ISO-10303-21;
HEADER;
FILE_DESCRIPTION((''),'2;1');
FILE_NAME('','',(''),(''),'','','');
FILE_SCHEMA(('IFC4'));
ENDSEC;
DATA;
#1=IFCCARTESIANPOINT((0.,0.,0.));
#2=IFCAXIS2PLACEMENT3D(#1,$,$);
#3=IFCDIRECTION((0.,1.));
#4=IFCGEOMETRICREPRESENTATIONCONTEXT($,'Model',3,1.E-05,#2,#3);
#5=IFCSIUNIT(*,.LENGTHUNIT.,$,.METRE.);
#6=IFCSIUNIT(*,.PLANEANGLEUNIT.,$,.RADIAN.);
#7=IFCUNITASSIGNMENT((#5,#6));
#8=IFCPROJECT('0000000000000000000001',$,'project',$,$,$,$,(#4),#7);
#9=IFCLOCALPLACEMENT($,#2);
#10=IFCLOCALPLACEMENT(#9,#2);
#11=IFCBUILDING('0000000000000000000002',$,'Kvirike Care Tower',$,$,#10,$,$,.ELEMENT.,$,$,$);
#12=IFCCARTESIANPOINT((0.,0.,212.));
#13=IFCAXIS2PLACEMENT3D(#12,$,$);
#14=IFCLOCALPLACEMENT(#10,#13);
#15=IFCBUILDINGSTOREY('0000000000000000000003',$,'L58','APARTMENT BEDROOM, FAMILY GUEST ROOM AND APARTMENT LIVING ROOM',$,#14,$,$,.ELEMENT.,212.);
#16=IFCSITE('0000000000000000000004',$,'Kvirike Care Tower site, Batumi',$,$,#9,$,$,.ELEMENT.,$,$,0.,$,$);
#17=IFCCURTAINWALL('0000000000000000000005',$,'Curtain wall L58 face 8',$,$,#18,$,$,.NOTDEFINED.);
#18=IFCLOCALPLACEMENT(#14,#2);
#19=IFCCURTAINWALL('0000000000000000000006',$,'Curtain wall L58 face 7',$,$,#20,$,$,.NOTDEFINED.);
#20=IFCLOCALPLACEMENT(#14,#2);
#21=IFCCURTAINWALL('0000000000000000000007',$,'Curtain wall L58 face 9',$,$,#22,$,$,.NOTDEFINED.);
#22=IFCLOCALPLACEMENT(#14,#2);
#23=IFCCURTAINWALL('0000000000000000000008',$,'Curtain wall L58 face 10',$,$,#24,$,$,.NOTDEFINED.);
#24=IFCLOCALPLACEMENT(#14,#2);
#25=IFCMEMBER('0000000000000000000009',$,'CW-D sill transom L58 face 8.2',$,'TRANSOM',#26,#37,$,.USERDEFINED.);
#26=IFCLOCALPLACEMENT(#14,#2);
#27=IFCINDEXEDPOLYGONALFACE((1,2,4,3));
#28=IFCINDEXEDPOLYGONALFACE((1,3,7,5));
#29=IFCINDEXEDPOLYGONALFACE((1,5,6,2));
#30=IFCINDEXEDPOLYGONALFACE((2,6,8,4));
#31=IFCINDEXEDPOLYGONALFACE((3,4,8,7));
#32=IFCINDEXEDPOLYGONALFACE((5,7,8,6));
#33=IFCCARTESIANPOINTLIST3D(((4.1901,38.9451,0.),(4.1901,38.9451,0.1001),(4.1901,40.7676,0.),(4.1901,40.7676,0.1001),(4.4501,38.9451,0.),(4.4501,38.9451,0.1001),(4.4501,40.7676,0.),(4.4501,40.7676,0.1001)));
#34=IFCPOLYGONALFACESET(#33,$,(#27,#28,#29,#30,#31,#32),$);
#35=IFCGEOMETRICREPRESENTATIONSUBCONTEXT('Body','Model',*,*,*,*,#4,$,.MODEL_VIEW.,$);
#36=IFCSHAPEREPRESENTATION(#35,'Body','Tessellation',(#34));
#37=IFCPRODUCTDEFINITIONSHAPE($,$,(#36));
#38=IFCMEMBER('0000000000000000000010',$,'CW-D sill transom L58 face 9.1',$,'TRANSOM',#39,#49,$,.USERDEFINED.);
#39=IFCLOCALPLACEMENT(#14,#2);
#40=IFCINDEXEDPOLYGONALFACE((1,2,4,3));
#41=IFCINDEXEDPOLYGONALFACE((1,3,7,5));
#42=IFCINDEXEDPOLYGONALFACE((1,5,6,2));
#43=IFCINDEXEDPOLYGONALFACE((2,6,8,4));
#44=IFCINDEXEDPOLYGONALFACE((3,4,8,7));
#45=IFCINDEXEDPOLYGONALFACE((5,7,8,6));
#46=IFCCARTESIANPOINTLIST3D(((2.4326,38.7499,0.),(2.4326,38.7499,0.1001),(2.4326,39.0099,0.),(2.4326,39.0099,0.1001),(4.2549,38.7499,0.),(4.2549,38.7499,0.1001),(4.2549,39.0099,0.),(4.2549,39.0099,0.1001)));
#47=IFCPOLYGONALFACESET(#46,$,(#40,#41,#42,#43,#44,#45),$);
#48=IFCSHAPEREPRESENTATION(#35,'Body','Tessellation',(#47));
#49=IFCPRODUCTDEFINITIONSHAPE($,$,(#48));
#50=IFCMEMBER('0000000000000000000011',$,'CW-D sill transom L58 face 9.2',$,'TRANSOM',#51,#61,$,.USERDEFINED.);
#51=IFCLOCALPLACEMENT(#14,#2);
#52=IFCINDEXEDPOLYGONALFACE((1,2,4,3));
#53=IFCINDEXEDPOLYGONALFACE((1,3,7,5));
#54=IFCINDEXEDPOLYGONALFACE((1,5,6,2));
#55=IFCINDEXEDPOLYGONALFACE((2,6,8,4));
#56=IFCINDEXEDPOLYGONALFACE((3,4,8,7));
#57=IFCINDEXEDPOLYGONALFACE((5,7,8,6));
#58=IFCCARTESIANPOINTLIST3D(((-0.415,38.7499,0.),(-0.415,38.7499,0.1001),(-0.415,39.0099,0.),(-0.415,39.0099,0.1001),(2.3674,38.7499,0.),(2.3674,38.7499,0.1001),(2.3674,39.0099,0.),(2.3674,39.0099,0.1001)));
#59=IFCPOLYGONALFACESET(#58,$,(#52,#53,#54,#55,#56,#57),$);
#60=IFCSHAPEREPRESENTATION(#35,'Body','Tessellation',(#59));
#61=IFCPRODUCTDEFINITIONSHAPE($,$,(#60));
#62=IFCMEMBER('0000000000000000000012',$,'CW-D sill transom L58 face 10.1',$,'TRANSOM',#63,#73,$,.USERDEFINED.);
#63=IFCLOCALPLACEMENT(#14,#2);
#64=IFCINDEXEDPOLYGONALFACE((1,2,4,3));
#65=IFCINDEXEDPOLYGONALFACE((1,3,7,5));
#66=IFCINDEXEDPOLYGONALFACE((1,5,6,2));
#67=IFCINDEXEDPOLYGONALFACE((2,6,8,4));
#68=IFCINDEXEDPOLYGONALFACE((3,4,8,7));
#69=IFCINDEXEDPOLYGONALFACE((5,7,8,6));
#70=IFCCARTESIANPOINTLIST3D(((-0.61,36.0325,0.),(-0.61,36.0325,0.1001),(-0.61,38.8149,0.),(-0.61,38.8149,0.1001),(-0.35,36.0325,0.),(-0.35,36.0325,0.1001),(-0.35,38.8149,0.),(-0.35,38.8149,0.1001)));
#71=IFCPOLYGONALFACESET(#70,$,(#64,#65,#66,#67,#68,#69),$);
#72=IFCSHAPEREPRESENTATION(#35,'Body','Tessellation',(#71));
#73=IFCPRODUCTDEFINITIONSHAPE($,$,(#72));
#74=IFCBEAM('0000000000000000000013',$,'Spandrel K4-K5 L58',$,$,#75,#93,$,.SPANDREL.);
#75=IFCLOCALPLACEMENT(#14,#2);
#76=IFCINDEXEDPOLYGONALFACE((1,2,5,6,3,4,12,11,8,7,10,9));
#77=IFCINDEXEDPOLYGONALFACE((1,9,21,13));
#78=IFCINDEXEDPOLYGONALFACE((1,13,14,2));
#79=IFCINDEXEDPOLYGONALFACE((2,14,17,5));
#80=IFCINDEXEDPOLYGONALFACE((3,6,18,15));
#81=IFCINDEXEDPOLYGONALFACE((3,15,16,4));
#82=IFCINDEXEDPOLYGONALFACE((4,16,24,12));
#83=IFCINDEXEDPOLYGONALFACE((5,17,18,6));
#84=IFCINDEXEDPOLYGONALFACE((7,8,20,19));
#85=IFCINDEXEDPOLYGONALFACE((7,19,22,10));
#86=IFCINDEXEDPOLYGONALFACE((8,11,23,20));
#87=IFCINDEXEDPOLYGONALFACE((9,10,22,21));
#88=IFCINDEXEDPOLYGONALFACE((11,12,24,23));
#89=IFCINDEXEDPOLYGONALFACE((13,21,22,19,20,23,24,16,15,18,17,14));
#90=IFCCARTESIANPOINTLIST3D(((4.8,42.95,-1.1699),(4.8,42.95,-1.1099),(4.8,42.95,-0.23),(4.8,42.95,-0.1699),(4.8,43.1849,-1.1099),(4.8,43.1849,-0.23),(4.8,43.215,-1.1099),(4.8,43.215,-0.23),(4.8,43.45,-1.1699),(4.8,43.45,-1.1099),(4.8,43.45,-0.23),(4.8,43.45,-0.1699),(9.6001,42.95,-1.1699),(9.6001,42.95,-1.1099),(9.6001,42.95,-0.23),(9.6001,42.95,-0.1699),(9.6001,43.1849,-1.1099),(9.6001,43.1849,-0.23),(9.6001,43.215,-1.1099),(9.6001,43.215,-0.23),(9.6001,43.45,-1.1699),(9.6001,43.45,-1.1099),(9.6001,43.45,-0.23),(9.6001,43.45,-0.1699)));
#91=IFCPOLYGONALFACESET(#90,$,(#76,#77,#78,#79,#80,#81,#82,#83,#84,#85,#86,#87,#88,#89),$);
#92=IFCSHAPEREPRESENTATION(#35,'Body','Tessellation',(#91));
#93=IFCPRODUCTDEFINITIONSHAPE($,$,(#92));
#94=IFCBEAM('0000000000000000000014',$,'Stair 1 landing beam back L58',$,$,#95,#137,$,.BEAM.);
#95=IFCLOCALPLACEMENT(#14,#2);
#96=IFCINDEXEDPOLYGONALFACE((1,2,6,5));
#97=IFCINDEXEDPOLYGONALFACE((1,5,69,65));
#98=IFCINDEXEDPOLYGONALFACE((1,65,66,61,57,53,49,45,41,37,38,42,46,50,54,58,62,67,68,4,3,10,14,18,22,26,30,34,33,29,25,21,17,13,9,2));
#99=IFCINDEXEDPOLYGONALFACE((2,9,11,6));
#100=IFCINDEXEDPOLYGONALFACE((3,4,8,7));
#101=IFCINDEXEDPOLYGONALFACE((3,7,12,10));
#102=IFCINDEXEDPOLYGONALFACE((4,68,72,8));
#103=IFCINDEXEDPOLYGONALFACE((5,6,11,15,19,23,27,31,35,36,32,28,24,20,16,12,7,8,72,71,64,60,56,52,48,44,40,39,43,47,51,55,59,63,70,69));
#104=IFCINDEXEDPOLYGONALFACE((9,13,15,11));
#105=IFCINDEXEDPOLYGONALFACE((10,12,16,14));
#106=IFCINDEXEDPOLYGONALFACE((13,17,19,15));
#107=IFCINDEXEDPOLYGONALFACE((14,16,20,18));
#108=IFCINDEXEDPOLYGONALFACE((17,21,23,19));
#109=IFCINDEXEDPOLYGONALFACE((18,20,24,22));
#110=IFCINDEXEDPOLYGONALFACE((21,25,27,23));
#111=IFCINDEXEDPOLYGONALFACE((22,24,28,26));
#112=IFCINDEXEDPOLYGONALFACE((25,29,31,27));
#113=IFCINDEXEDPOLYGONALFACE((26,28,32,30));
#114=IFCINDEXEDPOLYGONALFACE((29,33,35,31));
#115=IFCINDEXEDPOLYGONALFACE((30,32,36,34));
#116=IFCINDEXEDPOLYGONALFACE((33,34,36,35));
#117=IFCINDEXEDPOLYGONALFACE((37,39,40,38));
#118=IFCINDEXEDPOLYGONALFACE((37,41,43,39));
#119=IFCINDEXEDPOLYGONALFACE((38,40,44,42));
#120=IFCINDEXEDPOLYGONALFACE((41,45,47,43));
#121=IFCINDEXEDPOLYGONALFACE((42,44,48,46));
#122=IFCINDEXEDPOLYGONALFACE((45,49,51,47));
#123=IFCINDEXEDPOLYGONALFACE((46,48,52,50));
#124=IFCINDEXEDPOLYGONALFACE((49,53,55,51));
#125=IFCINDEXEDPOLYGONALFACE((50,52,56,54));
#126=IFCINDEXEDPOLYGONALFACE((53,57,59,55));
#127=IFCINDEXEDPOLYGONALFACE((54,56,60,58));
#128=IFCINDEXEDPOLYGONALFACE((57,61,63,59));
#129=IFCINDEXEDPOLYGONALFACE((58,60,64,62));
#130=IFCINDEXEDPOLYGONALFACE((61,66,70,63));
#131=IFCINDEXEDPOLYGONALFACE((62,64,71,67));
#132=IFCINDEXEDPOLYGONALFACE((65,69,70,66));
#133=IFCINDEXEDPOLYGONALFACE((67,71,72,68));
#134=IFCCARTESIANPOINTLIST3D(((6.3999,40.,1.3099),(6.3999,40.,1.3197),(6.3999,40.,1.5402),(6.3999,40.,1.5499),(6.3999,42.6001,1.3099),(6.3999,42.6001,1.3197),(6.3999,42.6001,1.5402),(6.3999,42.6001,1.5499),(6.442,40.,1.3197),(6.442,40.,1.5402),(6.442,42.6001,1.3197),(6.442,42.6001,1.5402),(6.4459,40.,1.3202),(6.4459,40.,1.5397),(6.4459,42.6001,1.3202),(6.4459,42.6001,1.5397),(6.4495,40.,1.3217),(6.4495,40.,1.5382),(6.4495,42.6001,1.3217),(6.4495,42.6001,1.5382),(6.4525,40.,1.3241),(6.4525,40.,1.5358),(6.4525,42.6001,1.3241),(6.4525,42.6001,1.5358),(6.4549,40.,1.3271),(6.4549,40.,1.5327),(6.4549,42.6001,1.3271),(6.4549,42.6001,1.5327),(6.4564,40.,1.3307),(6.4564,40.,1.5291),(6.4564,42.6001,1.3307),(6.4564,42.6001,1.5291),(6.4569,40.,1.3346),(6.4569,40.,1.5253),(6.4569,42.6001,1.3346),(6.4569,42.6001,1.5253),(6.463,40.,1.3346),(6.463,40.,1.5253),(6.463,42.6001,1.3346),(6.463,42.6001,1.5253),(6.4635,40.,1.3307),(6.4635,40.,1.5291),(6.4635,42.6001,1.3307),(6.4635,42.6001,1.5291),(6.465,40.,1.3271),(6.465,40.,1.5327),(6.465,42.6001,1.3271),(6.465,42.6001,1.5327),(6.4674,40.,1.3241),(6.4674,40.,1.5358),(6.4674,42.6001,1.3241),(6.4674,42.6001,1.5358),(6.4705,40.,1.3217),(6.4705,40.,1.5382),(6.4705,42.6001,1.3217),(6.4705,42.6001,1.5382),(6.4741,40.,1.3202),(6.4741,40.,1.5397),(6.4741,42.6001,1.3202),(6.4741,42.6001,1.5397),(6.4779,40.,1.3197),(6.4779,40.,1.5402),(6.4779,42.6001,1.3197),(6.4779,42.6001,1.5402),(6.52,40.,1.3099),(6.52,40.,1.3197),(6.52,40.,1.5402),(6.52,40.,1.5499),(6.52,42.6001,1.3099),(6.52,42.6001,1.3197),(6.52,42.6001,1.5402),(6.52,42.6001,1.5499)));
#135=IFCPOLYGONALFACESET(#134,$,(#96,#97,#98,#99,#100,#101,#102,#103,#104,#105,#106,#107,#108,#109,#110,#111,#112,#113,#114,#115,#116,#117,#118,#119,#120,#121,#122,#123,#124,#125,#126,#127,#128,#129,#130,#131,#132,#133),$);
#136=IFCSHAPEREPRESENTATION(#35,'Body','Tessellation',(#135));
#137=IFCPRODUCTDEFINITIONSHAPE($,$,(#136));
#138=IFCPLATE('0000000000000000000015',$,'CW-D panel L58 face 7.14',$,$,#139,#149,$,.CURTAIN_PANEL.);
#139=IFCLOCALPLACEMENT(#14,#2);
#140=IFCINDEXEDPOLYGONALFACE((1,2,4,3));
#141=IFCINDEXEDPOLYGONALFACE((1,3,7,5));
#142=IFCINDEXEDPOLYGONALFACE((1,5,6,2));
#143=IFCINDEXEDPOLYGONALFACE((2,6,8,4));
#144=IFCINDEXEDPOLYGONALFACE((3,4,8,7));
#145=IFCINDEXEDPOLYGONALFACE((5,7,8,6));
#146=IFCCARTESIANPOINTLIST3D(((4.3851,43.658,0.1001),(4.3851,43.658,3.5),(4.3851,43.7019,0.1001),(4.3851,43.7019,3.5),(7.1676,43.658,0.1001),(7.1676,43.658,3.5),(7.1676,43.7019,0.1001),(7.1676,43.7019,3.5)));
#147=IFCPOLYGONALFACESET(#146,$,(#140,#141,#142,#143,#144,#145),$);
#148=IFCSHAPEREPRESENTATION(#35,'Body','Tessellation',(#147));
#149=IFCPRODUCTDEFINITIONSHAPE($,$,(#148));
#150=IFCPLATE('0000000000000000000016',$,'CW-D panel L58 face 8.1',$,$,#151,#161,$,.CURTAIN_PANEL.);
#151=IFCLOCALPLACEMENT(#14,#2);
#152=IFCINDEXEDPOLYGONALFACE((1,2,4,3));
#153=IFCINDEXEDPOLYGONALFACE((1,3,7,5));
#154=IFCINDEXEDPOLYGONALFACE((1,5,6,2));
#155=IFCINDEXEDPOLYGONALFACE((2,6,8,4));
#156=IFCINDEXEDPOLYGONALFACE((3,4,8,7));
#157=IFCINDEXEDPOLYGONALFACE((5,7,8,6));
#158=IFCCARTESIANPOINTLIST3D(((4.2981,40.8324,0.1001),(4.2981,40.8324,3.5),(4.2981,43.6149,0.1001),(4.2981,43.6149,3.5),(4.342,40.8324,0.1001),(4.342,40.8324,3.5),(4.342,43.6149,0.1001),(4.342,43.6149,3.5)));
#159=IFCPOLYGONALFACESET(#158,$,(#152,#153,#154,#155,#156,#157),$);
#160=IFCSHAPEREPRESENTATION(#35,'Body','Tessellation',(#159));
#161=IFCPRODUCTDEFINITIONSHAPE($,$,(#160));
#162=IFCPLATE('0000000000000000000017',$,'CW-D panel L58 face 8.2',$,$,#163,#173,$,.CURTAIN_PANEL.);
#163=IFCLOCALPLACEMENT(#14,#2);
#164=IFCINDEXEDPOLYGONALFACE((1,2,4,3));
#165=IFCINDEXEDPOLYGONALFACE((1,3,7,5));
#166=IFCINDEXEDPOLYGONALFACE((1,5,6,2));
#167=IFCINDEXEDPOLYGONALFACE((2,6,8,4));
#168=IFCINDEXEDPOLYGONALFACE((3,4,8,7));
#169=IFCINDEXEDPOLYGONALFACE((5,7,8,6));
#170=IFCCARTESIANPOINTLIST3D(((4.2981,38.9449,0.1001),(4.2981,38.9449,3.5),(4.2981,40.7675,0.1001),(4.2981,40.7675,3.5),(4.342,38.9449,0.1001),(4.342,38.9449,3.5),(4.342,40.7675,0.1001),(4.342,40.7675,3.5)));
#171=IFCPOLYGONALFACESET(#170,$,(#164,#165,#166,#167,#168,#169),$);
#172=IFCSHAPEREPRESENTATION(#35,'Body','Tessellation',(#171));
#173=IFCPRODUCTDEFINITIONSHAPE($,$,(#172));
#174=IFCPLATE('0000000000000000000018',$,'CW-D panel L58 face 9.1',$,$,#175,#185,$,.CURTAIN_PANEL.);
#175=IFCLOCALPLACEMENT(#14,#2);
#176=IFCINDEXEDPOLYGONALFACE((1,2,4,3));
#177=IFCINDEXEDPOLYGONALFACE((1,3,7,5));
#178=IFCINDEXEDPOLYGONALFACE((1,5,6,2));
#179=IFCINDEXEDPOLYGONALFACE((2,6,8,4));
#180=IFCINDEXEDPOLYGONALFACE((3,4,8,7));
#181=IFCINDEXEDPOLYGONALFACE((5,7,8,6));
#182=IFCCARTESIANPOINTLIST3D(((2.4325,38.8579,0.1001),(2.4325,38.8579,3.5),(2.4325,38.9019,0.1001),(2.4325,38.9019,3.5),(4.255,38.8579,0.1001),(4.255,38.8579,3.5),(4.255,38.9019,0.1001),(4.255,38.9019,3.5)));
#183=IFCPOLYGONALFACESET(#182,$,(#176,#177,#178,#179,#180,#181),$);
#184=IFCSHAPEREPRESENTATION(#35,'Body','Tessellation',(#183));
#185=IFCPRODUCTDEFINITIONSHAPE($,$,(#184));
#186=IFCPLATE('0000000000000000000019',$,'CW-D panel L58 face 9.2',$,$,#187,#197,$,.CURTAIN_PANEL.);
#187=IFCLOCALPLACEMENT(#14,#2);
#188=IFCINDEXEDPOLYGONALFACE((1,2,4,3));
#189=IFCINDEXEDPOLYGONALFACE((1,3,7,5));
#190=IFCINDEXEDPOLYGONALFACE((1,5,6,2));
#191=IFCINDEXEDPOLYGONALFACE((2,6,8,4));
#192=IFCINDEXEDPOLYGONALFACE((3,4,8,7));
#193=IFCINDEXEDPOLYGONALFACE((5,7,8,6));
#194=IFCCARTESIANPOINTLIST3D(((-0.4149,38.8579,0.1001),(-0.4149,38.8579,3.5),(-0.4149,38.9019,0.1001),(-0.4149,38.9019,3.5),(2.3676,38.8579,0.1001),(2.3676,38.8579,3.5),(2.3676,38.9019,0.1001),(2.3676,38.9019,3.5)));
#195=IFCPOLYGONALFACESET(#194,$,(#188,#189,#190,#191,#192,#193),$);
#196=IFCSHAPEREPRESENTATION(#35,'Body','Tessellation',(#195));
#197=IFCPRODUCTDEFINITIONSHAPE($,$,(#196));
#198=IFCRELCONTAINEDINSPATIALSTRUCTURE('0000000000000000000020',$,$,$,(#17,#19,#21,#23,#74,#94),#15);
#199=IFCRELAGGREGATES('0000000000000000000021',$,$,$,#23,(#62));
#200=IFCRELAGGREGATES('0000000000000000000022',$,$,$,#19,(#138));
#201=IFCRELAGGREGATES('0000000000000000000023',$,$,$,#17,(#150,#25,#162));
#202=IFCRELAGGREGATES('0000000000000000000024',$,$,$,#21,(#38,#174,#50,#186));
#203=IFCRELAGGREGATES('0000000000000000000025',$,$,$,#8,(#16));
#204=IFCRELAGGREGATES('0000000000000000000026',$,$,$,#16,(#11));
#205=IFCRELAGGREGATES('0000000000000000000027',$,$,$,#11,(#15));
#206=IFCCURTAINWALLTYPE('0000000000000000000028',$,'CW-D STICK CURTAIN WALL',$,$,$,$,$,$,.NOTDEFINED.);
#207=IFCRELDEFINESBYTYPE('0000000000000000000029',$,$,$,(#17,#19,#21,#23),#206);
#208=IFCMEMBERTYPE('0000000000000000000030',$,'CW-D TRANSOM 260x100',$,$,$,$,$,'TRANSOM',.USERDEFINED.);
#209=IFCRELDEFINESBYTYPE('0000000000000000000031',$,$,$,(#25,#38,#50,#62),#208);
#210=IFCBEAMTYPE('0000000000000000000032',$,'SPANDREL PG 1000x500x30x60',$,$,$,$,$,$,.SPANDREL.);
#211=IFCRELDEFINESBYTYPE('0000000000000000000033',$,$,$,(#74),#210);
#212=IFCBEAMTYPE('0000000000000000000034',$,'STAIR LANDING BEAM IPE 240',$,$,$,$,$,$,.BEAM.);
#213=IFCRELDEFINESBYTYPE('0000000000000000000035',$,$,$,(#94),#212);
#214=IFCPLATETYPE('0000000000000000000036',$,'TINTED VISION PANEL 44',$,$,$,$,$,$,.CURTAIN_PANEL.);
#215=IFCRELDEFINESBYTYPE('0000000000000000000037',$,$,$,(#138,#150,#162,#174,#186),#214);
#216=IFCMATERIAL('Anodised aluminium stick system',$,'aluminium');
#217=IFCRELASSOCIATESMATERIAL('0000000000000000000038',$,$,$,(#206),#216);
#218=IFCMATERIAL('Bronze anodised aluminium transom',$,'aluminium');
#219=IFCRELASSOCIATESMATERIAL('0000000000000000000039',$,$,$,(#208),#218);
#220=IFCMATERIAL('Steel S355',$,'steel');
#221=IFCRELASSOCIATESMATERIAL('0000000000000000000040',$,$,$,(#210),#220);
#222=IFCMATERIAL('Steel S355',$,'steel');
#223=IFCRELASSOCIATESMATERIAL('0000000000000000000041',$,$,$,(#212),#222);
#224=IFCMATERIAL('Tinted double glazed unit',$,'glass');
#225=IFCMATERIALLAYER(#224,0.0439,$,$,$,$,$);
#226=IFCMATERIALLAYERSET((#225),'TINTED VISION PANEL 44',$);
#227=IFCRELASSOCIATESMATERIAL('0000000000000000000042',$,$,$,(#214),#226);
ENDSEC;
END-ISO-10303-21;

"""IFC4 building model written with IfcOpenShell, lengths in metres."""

from ifc_helpers import new_model, si_unit, direction, frame, origin, origin_2d, place, context, subcontext, project, spatial, rectangle, i_section, extrude, material, layer, layer_set, material_profile, profile_set, type_object, element, aggregate, save


model = new_model("IFC4")

# Units and contexts
model_context = context("Model", 3, precision=1e-05, world=origin(), true_north=direction((0.0, 1.0)))
body_context = subcontext(model_context, "Body", "Model", "MODEL_VIEW")
ifc_project = project(units=[si_unit("LENGTHUNIT", "METRE"), si_unit("PLANEANGLEUNIT", "RADIAN")], contexts=[model_context])

# Site, building, storey
site_placement = place(None, origin())
site = spatial("IfcSite", under=ifc_project, at=site_placement, Name="Kvirike Care Tower site, Batumi", CompositionType="ELEMENT", RefElevation=0.0)
building_placement = place(site_placement, origin())
building = spatial("IfcBuilding", under=site, at=building_placement, Name="Kvirike Care Tower", CompositionType="ELEMENT")
storey_placement = place(building_placement, frame((0.0, 0.0, 212.0)))
storey = spatial("IfcBuildingStorey", under=building, at=storey_placement, Name="L58", Description="APARTMENT BEDROOM, FAMILY GUEST ROOM AND APARTMENT LIVING ROOM", CompositionType="ELEMENT", Elevation=212.0)

# Curtain walls
ifc_material_1 = material(Name="Anodised aluminium stick system", Category="aluminium")
curtain_wall_type = type_object("IfcCurtainWallType", Name="CW-D STICK CURTAIN WALL", PredefinedType="NOTDEFINED", material=ifc_material_1)
curtain_wall_1_placement = place(storey_placement, origin())
curtain_wall_1 = element("IfcCurtainWall", 1, at=curtain_wall_1_placement, inside=storey, type_object=curtain_wall_type, Name="Curtain wall L58 face 8", PredefinedType="NOTDEFINED")
curtain_wall_2_placement = place(storey_placement, origin())
curtain_wall_2 = element("IfcCurtainWall", 2, at=curtain_wall_2_placement, inside=storey, type_object=curtain_wall_type, Name="Curtain wall L58 face 7", PredefinedType="NOTDEFINED")

# Curtain wall
curtain_wall_3_placement = place(storey_placement, origin())
curtain_wall_3 = element("IfcCurtainWall", 3, at=curtain_wall_3_placement, inside=storey, type_object=curtain_wall_type, Name="Curtain wall L58 face 9", PredefinedType="NOTDEFINED")

# Curtain wall
curtain_wall_4_placement = place(storey_placement, origin())
curtain_wall_4 = element("IfcCurtainWall", 4, at=curtain_wall_4_placement, inside=storey, type_object=curtain_wall_type, Name="Curtain wall L58 face 10", PredefinedType="NOTDEFINED")

# Members
ifc_material_2 = material(Name="Bronze anodised aluminium transom", Category="aluminium")
ifc_material_profile_1 = material_profile(ifc_material_2, rectangle(XDim=0.26, YDim=0.1001, at=origin_2d()), Name="CW-D TRANSOM 260x100")
ifc_profile_set_1 = profile_set([ifc_material_profile_1], Name="Bronze anodised aluminium transom")
member_type_1 = type_object("IfcMemberType", Name="CW-D TRANSOM 260x100", ElementType="TRANSOM", PredefinedType="USERDEFINED", material=ifc_profile_set_1)
member_1_placement = place(storey_placement, frame((4.3201, 40.7676, 0.05), z_axis=(0.0, -1.0, 0.0), x_axis=(1.0, 0.0, 0.0)))
member_1 = element("IfcMember", 5, at=member_1_placement, type_object=member_type_1, Name="CW-D sill transom L58 face 8.2", ObjectType="TRANSOM", PredefinedType="USERDEFINED", context=body_context, shape_type="SweptSolid", body=[
    extrude(rectangle(XDim=0.26, YDim=0.1001, at=origin_2d()), origin(), (0.0, 0.0, 1.0), 1.8225),
])
member_2_placement = place(storey_placement, frame((4.2549, 38.8799, 0.05), z_axis=(-1.0, 0.0, 0.0), x_axis=(0.0, -1.0, 0.0)))
member_2 = element("IfcMember", 6, at=member_2_placement, type_object=member_type_1, Name="CW-D sill transom L58 face 9.1", ObjectType="TRANSOM", PredefinedType="USERDEFINED", context=body_context, shape_type="SweptSolid", body=[
    extrude(rectangle(XDim=0.26, YDim=0.1001, at=origin_2d()), origin(), (0.0, 0.0, 1.0), 1.8223),
])
member_3_placement = place(storey_placement, frame((2.3674, 38.8799, 0.05), z_axis=(-1.0, 0.0, 0.0), x_axis=(0.0, -1.0, 0.0)))
member_3 = element("IfcMember", 7, at=member_3_placement, type_object=member_type_1, Name="CW-D sill transom L58 face 9.2", ObjectType="TRANSOM", PredefinedType="USERDEFINED", context=body_context, shape_type="SweptSolid", body=[
    extrude(rectangle(XDim=0.26, YDim=0.1001, at=origin_2d()), origin(), (0.0, 0.0, 1.0), 2.7825),
])
member_4_placement = place(storey_placement, frame((-0.48, 38.8149, 0.05), z_axis=(0.0, -1.0, 0.0), x_axis=(1.0, 0.0, 0.0)))
member_4 = element("IfcMember", 8, at=member_4_placement, type_object=member_type_1, Name="CW-D sill transom L58 face 10.1", ObjectType="TRANSOM", PredefinedType="USERDEFINED", context=body_context, shape_type="SweptSolid", body=[
    extrude(rectangle(XDim=0.26, YDim=0.1001, at=origin_2d()), origin(), (0.0, 0.0, 1.0), 2.7825),
])
aggregate(curtain_wall_4, [member_4])

# Beams
ifc_material_3 = material(Name="Steel S355", Category="steel")
ifc_material_profile_2 = material_profile(ifc_material_3, i_section(OverallWidth=0.5, OverallDepth=1.0, WebThickness=0.03, FlangeThickness=0.0601, at=origin_2d()), Name="PG 1000x500x30x60")
ifc_profile_set_2 = profile_set([ifc_material_profile_2], Name="Steel S355")
beam_type_1 = type_object("IfcBeamType", Name="SPANDREL PG 1000x500x30x60", PredefinedType="SPANDREL", material=ifc_profile_set_2)
beam_1_placement = place(storey_placement, frame((4.8, 43.2, -0.6699), z_axis=(1.0, 0.0, 0.0), x_axis=(0.0, 1.0, 0.0)))
element("IfcBeam", 9, at=beam_1_placement, inside=storey, type_object=beam_type_1, Name="Spandrel K4-K5 L58", PredefinedType="SPANDREL", context=body_context, shape_type="SweptSolid", body=[
    extrude(i_section(OverallWidth=0.5, OverallDepth=1.0, WebThickness=0.03, FlangeThickness=0.0601, at=origin_2d()), origin(), (0.0, 0.0, 1.0), 4.8),
])
ifc_material_4 = material(Name="Steel S355", Category="steel")
ifc_material_profile_3 = material_profile(ifc_material_4, i_section(OverallWidth=0.1201, OverallDepth=0.24, WebThickness=0.0061, FlangeThickness=0.0098, FilletRadius=0.0149, at=origin_2d()), Name="IPE 240")
ifc_profile_set_3 = profile_set([ifc_material_profile_3], Name="Steel S355")
beam_type_2 = type_object("IfcBeamType", Name="STAIR LANDING BEAM IPE 240", PredefinedType="BEAM", material=ifc_profile_set_3)
beam_2_placement = place(storey_placement, frame((6.46, 42.6001, 1.4299), z_axis=(0.0, -1.0, 0.0), x_axis=(1.0, 0.0, 0.0)))
element("IfcBeam", 10, at=beam_2_placement, inside=storey, type_object=beam_type_2, Name="Stair 1 landing beam back L58", PredefinedType="BEAM", context=body_context, shape_type="SweptSolid", body=[
    extrude(i_section(OverallWidth=0.1201, OverallDepth=0.24, WebThickness=0.0061, FlangeThickness=0.0098, FilletRadius=0.0149, at=origin_2d()), origin(), (0.0, 0.0, 1.0), 2.6001),
])

# Plates
ifc_material_5 = material(Name="Tinted double glazed unit", Category="glass")
ifc_layer_1 = layer(ifc_material_5, 0.0439)
ifc_layer_set_1 = layer_set([ifc_layer_1], Name="TINTED VISION PANEL 44")
plate_type = type_object("IfcPlateType", Name="TINTED VISION PANEL 44", PredefinedType="CURTAIN_PANEL", material=ifc_layer_set_1)
plate_1_placement = place(storey_placement, frame((5.7764, 43.6799, 0.1001), z_axis=(0.0, 0.0, 1.0), x_axis=(-1.0, 0.0, 0.0)))
plate_1 = element("IfcPlate", 11, at=plate_1_placement, type_object=plate_type, Name="CW-D panel L58 face 7.14", PredefinedType="CURTAIN_PANEL", context=body_context, shape_type="SweptSolid", body=[
    extrude(rectangle(XDim=2.7825, YDim=0.0439, at=origin_2d()), origin(), (0.0, 0.0, 1.0), 3.3999),
])
aggregate(curtain_wall_2, [plate_1])
plate_2_placement = place(storey_placement, frame((4.3201, 42.2236, 0.1001), z_axis=(0.0, 0.0, 1.0), x_axis=(0.0, -1.0, 0.0)))
plate_2 = element("IfcPlate", 12, at=plate_2_placement, type_object=plate_type, Name="CW-D panel L58 face 8.1", PredefinedType="CURTAIN_PANEL", context=body_context, shape_type="SweptSolid", body=[
    extrude(rectangle(XDim=2.7825, YDim=0.0439, at=origin_2d()), origin(), (0.0, 0.0, 1.0), 3.3999),
])
plate_3_placement = place(storey_placement, frame((4.3201, 39.8562, 0.1001), z_axis=(0.0, 0.0, 1.0), x_axis=(0.0, -1.0, 0.0)))
plate_3 = element("IfcPlate", 13, at=plate_3_placement, type_object=plate_type, Name="CW-D panel L58 face 8.2", PredefinedType="CURTAIN_PANEL", context=body_context, shape_type="SweptSolid", body=[
    extrude(rectangle(XDim=1.8225, YDim=0.0439, at=origin_2d()), origin(), (0.0, 0.0, 1.0), 3.3999),
])
aggregate(curtain_wall_1, [plate_2, member_1, plate_3])
plate_4_placement = place(storey_placement, frame((3.3438, 38.8799, 0.1001), z_axis=(0.0, 0.0, 1.0), x_axis=(-1.0, 0.0, 0.0)))
plate_4 = element("IfcPlate", 14, at=plate_4_placement, type_object=plate_type, Name="CW-D panel L58 face 9.1", PredefinedType="CURTAIN_PANEL", context=body_context, shape_type="SweptSolid", body=[
    extrude(rectangle(XDim=1.8225, YDim=0.0439, at=origin_2d()), origin(), (0.0, 0.0, 1.0), 3.3999),
])
plate_5_placement = place(storey_placement, frame((0.9763, 38.8799, 0.1001), z_axis=(0.0, 0.0, 1.0), x_axis=(-1.0, 0.0, 0.0)))
plate_5 = element("IfcPlate", 15, at=plate_5_placement, type_object=plate_type, Name="CW-D panel L58 face 9.2", PredefinedType="CURTAIN_PANEL", context=body_context, shape_type="SweptSolid", body=[
    extrude(rectangle(XDim=2.7825, YDim=0.0439, at=origin_2d()), origin(), (0.0, 0.0, 1.0), 3.3999),
])
aggregate(curtain_wall_3, [member_2, plate_4, member_3, plate_5])

save(model, "model.ifc")
